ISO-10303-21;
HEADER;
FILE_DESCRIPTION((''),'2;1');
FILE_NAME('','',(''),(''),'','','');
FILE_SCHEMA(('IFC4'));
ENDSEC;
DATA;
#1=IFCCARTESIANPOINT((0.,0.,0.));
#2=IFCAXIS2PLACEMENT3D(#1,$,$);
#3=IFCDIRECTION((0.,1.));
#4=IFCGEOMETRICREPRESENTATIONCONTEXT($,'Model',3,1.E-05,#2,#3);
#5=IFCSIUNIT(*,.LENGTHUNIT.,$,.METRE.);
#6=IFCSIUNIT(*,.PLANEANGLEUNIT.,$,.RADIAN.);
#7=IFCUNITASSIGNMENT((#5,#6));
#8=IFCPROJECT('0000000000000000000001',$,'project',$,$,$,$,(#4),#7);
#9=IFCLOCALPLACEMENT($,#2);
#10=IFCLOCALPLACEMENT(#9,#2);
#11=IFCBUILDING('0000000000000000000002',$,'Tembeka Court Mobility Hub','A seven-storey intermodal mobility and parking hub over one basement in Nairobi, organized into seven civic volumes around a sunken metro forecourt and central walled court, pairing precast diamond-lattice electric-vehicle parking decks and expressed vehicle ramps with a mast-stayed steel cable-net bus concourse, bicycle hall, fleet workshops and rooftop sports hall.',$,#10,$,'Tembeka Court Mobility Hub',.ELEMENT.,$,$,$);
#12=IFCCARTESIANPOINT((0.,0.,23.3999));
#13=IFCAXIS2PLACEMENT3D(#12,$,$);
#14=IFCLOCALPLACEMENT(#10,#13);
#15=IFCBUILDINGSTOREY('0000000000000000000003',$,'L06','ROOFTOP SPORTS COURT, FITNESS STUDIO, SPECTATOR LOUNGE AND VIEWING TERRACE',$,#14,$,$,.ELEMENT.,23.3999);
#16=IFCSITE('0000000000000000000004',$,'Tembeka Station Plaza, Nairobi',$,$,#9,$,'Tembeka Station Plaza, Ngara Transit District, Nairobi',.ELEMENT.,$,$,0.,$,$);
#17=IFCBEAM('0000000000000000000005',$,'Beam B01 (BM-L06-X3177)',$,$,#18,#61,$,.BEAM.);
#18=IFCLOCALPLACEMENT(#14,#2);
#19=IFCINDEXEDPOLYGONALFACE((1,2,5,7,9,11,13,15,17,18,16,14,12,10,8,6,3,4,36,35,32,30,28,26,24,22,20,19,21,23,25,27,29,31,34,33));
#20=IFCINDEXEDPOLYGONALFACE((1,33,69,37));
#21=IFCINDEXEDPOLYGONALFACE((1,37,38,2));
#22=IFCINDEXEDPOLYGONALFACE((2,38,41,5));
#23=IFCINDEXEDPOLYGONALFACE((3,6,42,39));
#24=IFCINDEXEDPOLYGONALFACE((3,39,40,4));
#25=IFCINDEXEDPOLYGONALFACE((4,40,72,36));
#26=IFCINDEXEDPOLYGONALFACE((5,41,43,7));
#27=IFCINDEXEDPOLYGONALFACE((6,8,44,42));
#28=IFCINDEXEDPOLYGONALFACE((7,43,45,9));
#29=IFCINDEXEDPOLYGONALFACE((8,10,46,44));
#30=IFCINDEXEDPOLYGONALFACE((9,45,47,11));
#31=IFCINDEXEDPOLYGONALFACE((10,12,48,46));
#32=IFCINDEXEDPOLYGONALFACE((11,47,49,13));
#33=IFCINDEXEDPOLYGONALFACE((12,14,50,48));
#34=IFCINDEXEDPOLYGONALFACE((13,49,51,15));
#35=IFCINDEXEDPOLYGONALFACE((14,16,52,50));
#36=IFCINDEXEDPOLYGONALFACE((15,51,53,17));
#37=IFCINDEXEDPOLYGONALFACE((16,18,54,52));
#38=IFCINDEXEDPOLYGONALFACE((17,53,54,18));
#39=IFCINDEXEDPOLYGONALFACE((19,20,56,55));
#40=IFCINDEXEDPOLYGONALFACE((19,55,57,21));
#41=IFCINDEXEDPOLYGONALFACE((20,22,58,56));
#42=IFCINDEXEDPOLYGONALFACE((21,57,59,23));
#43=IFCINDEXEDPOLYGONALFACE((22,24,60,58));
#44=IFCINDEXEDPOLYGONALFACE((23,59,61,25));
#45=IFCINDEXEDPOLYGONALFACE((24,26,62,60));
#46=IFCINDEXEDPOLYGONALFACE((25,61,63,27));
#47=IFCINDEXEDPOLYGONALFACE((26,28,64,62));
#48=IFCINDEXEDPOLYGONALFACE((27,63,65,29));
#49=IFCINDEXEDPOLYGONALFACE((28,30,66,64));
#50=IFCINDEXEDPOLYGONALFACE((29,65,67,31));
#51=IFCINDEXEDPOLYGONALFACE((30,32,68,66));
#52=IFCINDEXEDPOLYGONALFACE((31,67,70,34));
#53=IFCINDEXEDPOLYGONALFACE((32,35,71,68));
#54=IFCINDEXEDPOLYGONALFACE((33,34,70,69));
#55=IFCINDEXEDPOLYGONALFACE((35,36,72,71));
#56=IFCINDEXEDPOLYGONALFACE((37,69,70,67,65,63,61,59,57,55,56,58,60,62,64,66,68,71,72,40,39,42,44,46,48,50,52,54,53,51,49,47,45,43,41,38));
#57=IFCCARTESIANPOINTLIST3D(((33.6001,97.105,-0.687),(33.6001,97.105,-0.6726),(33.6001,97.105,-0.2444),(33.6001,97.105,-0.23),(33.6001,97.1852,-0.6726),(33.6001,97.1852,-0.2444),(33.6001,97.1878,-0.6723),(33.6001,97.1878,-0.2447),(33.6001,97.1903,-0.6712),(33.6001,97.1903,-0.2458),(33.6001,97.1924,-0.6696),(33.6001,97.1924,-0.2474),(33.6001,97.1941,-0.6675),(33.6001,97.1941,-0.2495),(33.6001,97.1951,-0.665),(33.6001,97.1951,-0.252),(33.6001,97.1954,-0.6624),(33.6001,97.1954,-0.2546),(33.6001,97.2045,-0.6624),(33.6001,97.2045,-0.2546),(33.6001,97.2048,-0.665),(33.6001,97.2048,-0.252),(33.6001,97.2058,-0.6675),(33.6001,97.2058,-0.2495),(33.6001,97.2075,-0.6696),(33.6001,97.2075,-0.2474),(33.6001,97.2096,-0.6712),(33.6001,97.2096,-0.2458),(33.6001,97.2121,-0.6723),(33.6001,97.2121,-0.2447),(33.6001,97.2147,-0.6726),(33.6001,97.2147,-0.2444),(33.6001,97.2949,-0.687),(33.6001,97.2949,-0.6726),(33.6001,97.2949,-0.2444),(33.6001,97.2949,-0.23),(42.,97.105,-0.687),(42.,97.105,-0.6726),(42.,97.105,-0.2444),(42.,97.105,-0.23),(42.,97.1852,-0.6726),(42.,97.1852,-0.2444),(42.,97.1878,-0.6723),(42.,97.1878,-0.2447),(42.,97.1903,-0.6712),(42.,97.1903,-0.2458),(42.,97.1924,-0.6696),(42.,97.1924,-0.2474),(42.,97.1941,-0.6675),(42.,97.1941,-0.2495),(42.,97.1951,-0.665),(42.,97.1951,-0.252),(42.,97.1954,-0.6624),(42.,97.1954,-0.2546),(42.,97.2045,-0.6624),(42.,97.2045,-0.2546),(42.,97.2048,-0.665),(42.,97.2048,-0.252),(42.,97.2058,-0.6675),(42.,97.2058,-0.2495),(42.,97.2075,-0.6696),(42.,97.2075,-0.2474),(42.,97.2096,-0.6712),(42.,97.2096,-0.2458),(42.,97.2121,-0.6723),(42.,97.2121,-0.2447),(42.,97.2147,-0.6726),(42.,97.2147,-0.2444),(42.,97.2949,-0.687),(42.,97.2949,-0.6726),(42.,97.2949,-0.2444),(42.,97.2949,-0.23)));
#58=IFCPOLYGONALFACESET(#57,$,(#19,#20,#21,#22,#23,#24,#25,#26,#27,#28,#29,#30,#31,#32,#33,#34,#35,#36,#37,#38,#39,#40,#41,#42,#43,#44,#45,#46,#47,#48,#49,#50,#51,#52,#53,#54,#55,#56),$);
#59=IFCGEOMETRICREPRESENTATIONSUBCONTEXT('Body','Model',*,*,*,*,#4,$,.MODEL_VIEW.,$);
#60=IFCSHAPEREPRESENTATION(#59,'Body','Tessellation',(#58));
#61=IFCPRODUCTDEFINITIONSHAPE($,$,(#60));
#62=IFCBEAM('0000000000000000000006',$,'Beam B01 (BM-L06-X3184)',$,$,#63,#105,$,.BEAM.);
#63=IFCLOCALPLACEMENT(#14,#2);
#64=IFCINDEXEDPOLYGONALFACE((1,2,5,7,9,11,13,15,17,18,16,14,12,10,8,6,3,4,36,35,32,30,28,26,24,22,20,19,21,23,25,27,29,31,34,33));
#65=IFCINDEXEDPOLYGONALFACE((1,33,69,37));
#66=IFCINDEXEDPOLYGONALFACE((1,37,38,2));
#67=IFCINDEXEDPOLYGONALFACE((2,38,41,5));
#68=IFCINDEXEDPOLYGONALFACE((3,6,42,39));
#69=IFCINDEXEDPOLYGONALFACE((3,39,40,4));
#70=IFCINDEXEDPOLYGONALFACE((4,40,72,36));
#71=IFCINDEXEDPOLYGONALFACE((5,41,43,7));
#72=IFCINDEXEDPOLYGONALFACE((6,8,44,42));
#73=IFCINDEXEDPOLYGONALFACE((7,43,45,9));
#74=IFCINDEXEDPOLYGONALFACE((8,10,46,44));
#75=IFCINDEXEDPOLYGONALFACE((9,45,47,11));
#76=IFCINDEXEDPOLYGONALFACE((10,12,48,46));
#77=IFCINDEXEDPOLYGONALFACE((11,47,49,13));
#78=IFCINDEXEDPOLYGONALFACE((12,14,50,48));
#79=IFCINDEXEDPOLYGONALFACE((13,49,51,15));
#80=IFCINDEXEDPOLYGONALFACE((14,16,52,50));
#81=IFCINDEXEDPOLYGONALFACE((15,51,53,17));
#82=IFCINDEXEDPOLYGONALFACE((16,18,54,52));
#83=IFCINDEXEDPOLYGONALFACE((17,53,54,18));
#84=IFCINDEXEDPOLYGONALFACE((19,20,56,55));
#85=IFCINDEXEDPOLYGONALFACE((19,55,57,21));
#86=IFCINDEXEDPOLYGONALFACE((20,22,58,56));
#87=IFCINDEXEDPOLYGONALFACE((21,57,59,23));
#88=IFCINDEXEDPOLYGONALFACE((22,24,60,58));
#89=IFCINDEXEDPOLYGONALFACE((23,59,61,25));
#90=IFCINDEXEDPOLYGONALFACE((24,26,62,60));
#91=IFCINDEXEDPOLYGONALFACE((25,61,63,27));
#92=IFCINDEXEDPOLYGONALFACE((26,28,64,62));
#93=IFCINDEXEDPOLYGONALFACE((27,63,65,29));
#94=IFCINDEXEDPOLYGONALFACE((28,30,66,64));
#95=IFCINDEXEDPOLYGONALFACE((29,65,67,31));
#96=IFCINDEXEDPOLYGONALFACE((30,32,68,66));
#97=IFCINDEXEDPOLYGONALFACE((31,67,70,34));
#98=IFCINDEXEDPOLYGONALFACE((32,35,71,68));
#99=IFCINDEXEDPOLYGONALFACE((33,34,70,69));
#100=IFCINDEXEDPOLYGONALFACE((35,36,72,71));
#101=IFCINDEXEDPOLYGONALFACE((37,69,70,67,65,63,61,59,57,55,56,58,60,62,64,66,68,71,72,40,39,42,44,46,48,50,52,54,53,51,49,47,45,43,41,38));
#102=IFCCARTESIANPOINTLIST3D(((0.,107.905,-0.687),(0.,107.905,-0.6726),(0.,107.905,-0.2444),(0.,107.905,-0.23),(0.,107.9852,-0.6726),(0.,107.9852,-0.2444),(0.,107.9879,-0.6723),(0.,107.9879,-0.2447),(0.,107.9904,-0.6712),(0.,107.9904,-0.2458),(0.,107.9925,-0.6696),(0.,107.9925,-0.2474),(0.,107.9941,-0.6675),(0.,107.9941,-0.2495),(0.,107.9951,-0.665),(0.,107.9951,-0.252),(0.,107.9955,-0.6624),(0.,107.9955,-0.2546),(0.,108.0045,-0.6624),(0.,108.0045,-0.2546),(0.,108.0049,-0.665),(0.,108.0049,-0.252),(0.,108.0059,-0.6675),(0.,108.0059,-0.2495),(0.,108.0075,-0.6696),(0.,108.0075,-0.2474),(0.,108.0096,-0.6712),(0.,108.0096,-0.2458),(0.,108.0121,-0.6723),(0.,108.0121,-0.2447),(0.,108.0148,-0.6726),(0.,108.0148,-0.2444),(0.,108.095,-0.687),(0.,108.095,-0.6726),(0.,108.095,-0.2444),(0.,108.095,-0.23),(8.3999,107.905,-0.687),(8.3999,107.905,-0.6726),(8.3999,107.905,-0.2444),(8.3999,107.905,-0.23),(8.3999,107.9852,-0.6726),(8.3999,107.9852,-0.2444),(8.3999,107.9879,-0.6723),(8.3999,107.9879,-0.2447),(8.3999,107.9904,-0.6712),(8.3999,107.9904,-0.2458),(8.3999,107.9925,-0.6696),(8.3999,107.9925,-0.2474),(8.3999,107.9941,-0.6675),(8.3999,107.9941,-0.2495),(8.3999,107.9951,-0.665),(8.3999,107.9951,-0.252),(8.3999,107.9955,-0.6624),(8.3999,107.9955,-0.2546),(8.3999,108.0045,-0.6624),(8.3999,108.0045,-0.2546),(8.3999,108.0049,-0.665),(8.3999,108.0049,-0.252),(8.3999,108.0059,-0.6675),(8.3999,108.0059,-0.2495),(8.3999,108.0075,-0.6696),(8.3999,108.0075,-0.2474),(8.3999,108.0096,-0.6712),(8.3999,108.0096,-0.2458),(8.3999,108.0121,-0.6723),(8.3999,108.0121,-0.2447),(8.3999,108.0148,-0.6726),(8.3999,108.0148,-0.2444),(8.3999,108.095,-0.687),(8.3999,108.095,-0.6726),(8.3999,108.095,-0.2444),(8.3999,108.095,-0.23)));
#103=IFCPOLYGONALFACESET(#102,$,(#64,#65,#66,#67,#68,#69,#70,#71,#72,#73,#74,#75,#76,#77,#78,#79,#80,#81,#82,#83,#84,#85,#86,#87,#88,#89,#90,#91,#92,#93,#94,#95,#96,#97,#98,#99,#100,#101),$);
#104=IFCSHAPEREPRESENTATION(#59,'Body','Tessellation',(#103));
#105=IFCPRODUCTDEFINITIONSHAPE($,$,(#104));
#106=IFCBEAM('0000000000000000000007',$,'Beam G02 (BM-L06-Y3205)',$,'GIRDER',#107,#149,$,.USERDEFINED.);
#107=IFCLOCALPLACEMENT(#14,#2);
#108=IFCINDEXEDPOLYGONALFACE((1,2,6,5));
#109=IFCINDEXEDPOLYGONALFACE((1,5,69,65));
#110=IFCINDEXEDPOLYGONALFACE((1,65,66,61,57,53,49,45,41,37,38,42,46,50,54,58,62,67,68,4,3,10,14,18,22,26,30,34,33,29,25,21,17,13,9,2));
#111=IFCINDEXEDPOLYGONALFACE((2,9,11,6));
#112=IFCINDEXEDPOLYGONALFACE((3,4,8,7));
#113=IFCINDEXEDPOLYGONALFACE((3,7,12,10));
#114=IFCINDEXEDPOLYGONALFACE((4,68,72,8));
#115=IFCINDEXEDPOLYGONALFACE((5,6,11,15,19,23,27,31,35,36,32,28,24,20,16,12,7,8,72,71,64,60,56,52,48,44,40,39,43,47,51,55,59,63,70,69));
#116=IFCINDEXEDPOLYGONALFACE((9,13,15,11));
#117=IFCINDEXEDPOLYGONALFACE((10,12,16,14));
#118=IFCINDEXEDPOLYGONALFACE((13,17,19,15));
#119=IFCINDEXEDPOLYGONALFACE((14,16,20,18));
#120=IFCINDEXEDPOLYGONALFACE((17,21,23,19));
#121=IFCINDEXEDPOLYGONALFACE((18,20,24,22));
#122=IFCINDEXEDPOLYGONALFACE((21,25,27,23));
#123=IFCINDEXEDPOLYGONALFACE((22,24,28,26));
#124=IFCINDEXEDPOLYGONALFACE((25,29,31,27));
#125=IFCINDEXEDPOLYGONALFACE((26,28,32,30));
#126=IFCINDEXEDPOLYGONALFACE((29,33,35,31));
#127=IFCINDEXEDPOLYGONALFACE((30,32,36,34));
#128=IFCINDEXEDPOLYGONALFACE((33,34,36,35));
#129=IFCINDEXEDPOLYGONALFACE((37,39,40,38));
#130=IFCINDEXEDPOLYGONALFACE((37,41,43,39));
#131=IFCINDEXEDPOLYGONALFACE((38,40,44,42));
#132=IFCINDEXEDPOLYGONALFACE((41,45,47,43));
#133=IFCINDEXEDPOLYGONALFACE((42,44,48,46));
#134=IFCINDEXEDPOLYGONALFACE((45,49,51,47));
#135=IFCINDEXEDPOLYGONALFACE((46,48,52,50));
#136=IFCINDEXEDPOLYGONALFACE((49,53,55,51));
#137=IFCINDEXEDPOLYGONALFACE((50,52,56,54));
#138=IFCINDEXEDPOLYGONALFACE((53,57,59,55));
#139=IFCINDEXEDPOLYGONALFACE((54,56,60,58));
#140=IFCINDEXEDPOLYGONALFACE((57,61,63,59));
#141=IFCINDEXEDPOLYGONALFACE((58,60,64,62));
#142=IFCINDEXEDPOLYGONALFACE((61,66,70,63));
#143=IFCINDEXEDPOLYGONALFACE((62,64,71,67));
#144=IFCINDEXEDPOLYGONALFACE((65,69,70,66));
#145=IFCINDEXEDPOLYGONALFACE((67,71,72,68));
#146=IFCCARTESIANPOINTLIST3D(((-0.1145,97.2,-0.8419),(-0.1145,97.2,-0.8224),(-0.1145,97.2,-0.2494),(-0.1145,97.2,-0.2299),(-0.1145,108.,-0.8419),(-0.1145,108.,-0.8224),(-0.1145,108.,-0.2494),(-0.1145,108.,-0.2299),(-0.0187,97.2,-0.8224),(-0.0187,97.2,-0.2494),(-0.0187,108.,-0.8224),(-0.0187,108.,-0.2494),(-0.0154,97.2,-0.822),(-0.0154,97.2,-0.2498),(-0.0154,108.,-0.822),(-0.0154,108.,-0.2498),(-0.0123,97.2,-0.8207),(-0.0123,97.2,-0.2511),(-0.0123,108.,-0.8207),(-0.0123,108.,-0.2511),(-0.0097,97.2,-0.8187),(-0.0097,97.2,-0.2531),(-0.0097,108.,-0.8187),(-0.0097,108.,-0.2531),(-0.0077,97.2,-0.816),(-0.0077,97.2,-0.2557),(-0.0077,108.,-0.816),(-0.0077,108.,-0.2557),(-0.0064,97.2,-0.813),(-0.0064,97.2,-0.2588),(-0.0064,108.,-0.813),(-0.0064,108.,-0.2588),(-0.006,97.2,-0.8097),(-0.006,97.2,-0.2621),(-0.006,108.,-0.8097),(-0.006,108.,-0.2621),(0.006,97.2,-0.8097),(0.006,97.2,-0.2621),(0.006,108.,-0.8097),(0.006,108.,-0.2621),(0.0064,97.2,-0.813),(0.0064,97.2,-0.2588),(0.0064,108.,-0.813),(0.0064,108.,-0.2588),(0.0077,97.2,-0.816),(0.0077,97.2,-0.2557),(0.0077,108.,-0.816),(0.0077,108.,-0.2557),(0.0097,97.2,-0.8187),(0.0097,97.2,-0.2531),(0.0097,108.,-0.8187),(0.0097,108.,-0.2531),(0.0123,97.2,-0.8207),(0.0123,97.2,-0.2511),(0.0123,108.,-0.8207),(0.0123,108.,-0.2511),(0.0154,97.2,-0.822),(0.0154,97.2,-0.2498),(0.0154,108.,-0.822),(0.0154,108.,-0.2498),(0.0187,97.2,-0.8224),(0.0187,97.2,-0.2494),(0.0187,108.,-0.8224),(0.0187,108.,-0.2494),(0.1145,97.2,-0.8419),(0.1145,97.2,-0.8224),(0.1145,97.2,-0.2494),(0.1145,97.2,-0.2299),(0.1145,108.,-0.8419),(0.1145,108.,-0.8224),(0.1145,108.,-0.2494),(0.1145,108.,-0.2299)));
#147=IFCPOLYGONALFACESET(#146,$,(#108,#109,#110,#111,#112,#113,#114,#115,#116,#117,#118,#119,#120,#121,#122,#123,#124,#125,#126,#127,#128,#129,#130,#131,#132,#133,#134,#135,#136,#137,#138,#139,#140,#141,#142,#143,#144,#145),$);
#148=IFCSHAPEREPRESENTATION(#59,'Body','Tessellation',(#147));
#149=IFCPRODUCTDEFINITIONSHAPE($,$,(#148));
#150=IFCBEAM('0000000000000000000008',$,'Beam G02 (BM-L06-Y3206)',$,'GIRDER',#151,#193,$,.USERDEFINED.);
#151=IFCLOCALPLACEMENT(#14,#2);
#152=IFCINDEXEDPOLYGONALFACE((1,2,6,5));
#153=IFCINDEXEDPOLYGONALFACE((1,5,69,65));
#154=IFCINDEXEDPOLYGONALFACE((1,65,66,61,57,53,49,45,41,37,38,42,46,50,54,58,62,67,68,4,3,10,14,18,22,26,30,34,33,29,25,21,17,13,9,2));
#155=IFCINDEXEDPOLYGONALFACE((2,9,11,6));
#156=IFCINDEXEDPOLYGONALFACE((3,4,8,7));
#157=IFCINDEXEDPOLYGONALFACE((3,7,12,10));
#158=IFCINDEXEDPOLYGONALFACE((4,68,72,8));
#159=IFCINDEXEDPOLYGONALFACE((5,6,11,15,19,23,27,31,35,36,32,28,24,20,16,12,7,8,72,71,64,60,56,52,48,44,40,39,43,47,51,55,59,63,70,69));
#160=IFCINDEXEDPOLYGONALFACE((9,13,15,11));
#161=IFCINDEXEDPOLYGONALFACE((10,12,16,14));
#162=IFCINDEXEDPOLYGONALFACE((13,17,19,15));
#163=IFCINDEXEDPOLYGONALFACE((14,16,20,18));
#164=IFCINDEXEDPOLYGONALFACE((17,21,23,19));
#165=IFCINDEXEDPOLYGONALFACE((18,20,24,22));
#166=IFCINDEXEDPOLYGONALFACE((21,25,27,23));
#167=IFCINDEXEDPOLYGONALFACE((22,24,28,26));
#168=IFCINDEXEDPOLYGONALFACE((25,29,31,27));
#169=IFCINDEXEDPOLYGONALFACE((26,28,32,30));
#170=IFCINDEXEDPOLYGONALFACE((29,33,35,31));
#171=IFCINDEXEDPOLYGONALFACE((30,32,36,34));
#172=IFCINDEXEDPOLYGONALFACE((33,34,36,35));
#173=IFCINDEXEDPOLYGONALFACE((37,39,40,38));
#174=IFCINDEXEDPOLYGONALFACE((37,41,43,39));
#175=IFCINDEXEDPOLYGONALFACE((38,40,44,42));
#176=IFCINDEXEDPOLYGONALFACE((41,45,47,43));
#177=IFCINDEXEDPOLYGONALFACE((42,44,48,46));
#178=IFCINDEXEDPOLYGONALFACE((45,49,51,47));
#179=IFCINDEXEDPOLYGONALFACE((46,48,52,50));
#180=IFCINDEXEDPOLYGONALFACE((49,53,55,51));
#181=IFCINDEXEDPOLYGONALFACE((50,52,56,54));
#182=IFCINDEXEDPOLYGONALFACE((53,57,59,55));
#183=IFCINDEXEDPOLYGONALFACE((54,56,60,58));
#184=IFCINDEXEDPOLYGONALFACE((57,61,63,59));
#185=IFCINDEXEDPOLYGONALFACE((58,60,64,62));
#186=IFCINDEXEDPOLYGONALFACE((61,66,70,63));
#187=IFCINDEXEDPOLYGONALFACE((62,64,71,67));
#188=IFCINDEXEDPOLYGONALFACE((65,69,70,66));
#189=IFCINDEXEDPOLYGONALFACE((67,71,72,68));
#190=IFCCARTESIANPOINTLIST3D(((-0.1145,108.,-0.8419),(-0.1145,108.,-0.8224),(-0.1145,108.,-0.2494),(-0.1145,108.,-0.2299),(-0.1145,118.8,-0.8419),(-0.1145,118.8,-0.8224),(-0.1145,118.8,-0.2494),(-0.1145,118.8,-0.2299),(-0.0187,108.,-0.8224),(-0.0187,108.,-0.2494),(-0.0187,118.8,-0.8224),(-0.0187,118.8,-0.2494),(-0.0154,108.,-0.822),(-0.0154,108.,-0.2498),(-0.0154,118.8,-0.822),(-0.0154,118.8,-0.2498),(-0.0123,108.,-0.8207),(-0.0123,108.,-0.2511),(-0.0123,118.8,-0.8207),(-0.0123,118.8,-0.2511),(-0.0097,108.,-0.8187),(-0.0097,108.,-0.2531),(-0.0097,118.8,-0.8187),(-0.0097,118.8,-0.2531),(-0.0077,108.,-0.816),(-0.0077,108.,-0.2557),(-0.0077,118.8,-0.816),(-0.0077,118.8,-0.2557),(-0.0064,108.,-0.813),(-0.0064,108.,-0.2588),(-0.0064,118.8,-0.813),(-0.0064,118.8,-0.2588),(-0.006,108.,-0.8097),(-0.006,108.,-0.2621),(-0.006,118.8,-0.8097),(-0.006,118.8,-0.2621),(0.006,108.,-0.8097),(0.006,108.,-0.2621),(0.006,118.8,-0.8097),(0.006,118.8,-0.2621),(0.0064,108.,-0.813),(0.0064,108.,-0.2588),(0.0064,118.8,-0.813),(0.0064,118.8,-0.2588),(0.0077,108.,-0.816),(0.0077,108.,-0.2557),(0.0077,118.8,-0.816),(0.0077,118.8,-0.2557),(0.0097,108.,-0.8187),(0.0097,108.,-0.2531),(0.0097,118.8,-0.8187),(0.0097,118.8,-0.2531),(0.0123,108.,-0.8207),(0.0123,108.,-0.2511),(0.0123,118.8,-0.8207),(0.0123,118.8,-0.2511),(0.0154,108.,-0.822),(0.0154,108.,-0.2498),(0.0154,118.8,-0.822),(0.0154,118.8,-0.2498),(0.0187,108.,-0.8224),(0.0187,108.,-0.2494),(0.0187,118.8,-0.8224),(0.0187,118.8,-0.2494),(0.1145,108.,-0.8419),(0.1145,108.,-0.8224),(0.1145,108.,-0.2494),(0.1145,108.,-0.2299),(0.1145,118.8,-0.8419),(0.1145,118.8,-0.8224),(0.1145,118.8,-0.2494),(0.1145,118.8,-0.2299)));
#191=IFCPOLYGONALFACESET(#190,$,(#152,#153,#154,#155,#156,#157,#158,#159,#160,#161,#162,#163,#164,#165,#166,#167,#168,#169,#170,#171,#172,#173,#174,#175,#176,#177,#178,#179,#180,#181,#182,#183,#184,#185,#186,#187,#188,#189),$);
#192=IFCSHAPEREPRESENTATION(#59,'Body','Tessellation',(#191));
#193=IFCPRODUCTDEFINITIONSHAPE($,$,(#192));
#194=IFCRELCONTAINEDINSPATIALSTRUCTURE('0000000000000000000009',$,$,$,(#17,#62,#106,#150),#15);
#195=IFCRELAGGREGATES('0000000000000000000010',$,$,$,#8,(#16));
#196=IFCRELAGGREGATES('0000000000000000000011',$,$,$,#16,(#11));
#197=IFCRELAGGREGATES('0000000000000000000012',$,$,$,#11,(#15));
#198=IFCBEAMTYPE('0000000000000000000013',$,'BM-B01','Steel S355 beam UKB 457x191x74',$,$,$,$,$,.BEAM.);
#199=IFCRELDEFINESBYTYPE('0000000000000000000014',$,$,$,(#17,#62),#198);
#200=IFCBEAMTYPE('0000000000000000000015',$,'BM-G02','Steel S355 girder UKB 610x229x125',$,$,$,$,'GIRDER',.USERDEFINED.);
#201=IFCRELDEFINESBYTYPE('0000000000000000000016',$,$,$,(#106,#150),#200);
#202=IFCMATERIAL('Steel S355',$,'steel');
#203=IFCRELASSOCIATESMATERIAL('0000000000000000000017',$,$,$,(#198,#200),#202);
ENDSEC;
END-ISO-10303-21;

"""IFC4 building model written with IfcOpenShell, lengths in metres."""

from ifc_helpers import new_model, si_unit, direction, frame, origin, origin_2d, place, context, subcontext, project, spatial, i_section, extrude, material, material_profile, profile_set, type_object, element, save


model = new_model("IFC4")

# Units and contexts
model_context = context("Model", 3, precision=1e-05, world=origin(), true_north=direction((0.0, 1.0)))
body_context = subcontext(model_context, "Body", "Model", "MODEL_VIEW")
ifc_project = project(units=[si_unit("LENGTHUNIT", "METRE"), si_unit("PLANEANGLEUNIT", "RADIAN")], contexts=[model_context])

# Site, building, storey
site_placement = place(None, origin())
site = spatial("IfcSite", under=ifc_project, at=site_placement, Name="Tembeka Station Plaza, Nairobi", LongName="Tembeka Station Plaza, Ngara Transit District, Nairobi", CompositionType="ELEMENT", RefElevation=0.0)
building_placement = place(site_placement, origin())
building = spatial("IfcBuilding", under=site, at=building_placement, Name="Tembeka Court Mobility Hub", Description="A seven-storey intermodal mobility and parking hub over one basement in Nairobi, organized into seven civic volumes around a sunken metro forecourt and central walled court, pairing precast diamond-lattice electric-vehicle parking decks and expressed vehicle ramps with a mast-stayed steel cable-net bus concourse, bicycle hall, fleet workshops and rooftop sports hall.", LongName="Tembeka Court Mobility Hub", CompositionType="ELEMENT")
storey_placement = place(building_placement, frame((0.0, 0.0, 23.3999)))
storey = spatial("IfcBuildingStorey", under=building, at=storey_placement, Name="L06", Description="ROOFTOP SPORTS COURT, FITNESS STUDIO, SPECTATOR LOUNGE AND VIEWING TERRACE", CompositionType="ELEMENT", Elevation=23.3999)

# Beams
ifc_material_1 = material(Name="Steel S355", Category="steel")
ifc_material_profile_1 = material_profile(ifc_material_1, i_section(OverallWidth=0.1899, OverallDepth=0.457, WebThickness=0.009, FlangeThickness=0.0144, FilletRadius=0.0103, at=origin_2d()), Name="UKB 457x191x74")
ifc_profile_set_1 = profile_set([ifc_material_profile_1], Name="Steel S355")
beam_type_1 = type_object("IfcBeamType", Name="BM-B01", Description="Steel S355 beam UKB 457x191x74", PredefinedType="BEAM", material=ifc_profile_set_1)
for number, where, z_axis, x_axis, name in (
    (1, (33.6001, 97.2, -0.4585), (1.0, 0.0, 0.0), (0.0, 1.0, 0.0), "Beam B01 (BM-L06-X3177)"),
    (2, (0.0, 108.0, -0.4585), (1.0, 0.0, 0.0), (0.0, 1.0, 0.0), "Beam B01 (BM-L06-X3184)"),
):
    element("IfcBeam", number, at=place(storey_placement, frame(where, z_axis=z_axis, x_axis=x_axis)), inside=storey, type_object=beam_type_1, Name=name, PredefinedType="BEAM", context=body_context, shape_type="SweptSolid", body=[
        extrude(i_section(OverallWidth=0.1899, OverallDepth=0.457, WebThickness=0.009, FlangeThickness=0.0144, FilletRadius=0.0103, at=origin_2d()), origin(), (0.0, 0.0, 1.0), 8.3999),
    ])
ifc_material_profile_2 = material_profile(ifc_material_1, i_section(OverallWidth=0.229, OverallDepth=0.6121, WebThickness=0.012, FlangeThickness=0.0195, FilletRadius=0.0127, at=origin_2d()), Name="UKB 610x229x125")
ifc_profile_set_2 = profile_set([ifc_material_profile_2], Name="Steel S355")
beam_type_2 = type_object("IfcBeamType", Name="BM-G02", Description="Steel S355 girder UKB 610x229x125", ElementType="GIRDER", PredefinedType="USERDEFINED", material=ifc_profile_set_2)
for number, where, z_axis, x_axis, name in (
    (3, (0.0, 97.2, -0.5359), (0.0, 1.0, 0.0), (-1.0, 0.0, 0.0), "Beam G02 (BM-L06-Y3205)"),
    (4, (0.0, 108.0, -0.5359), (0.0, 1.0, 0.0), (-1.0, 0.0, 0.0), "Beam G02 (BM-L06-Y3206)"),
):
    element("IfcBeam", number, at=place(storey_placement, frame(where, z_axis=z_axis, x_axis=x_axis)), inside=storey, type_object=beam_type_2, Name=name, ObjectType="GIRDER", PredefinedType="USERDEFINED", context=body_context, shape_type="SweptSolid", body=[
        extrude(i_section(OverallWidth=0.229, OverallDepth=0.6121, WebThickness=0.012, FlangeThickness=0.0195, FilletRadius=0.0127, at=origin_2d()), origin(), (0.0, 0.0, 1.0), 10.8),
    ])

save(model, "model.ifc")
